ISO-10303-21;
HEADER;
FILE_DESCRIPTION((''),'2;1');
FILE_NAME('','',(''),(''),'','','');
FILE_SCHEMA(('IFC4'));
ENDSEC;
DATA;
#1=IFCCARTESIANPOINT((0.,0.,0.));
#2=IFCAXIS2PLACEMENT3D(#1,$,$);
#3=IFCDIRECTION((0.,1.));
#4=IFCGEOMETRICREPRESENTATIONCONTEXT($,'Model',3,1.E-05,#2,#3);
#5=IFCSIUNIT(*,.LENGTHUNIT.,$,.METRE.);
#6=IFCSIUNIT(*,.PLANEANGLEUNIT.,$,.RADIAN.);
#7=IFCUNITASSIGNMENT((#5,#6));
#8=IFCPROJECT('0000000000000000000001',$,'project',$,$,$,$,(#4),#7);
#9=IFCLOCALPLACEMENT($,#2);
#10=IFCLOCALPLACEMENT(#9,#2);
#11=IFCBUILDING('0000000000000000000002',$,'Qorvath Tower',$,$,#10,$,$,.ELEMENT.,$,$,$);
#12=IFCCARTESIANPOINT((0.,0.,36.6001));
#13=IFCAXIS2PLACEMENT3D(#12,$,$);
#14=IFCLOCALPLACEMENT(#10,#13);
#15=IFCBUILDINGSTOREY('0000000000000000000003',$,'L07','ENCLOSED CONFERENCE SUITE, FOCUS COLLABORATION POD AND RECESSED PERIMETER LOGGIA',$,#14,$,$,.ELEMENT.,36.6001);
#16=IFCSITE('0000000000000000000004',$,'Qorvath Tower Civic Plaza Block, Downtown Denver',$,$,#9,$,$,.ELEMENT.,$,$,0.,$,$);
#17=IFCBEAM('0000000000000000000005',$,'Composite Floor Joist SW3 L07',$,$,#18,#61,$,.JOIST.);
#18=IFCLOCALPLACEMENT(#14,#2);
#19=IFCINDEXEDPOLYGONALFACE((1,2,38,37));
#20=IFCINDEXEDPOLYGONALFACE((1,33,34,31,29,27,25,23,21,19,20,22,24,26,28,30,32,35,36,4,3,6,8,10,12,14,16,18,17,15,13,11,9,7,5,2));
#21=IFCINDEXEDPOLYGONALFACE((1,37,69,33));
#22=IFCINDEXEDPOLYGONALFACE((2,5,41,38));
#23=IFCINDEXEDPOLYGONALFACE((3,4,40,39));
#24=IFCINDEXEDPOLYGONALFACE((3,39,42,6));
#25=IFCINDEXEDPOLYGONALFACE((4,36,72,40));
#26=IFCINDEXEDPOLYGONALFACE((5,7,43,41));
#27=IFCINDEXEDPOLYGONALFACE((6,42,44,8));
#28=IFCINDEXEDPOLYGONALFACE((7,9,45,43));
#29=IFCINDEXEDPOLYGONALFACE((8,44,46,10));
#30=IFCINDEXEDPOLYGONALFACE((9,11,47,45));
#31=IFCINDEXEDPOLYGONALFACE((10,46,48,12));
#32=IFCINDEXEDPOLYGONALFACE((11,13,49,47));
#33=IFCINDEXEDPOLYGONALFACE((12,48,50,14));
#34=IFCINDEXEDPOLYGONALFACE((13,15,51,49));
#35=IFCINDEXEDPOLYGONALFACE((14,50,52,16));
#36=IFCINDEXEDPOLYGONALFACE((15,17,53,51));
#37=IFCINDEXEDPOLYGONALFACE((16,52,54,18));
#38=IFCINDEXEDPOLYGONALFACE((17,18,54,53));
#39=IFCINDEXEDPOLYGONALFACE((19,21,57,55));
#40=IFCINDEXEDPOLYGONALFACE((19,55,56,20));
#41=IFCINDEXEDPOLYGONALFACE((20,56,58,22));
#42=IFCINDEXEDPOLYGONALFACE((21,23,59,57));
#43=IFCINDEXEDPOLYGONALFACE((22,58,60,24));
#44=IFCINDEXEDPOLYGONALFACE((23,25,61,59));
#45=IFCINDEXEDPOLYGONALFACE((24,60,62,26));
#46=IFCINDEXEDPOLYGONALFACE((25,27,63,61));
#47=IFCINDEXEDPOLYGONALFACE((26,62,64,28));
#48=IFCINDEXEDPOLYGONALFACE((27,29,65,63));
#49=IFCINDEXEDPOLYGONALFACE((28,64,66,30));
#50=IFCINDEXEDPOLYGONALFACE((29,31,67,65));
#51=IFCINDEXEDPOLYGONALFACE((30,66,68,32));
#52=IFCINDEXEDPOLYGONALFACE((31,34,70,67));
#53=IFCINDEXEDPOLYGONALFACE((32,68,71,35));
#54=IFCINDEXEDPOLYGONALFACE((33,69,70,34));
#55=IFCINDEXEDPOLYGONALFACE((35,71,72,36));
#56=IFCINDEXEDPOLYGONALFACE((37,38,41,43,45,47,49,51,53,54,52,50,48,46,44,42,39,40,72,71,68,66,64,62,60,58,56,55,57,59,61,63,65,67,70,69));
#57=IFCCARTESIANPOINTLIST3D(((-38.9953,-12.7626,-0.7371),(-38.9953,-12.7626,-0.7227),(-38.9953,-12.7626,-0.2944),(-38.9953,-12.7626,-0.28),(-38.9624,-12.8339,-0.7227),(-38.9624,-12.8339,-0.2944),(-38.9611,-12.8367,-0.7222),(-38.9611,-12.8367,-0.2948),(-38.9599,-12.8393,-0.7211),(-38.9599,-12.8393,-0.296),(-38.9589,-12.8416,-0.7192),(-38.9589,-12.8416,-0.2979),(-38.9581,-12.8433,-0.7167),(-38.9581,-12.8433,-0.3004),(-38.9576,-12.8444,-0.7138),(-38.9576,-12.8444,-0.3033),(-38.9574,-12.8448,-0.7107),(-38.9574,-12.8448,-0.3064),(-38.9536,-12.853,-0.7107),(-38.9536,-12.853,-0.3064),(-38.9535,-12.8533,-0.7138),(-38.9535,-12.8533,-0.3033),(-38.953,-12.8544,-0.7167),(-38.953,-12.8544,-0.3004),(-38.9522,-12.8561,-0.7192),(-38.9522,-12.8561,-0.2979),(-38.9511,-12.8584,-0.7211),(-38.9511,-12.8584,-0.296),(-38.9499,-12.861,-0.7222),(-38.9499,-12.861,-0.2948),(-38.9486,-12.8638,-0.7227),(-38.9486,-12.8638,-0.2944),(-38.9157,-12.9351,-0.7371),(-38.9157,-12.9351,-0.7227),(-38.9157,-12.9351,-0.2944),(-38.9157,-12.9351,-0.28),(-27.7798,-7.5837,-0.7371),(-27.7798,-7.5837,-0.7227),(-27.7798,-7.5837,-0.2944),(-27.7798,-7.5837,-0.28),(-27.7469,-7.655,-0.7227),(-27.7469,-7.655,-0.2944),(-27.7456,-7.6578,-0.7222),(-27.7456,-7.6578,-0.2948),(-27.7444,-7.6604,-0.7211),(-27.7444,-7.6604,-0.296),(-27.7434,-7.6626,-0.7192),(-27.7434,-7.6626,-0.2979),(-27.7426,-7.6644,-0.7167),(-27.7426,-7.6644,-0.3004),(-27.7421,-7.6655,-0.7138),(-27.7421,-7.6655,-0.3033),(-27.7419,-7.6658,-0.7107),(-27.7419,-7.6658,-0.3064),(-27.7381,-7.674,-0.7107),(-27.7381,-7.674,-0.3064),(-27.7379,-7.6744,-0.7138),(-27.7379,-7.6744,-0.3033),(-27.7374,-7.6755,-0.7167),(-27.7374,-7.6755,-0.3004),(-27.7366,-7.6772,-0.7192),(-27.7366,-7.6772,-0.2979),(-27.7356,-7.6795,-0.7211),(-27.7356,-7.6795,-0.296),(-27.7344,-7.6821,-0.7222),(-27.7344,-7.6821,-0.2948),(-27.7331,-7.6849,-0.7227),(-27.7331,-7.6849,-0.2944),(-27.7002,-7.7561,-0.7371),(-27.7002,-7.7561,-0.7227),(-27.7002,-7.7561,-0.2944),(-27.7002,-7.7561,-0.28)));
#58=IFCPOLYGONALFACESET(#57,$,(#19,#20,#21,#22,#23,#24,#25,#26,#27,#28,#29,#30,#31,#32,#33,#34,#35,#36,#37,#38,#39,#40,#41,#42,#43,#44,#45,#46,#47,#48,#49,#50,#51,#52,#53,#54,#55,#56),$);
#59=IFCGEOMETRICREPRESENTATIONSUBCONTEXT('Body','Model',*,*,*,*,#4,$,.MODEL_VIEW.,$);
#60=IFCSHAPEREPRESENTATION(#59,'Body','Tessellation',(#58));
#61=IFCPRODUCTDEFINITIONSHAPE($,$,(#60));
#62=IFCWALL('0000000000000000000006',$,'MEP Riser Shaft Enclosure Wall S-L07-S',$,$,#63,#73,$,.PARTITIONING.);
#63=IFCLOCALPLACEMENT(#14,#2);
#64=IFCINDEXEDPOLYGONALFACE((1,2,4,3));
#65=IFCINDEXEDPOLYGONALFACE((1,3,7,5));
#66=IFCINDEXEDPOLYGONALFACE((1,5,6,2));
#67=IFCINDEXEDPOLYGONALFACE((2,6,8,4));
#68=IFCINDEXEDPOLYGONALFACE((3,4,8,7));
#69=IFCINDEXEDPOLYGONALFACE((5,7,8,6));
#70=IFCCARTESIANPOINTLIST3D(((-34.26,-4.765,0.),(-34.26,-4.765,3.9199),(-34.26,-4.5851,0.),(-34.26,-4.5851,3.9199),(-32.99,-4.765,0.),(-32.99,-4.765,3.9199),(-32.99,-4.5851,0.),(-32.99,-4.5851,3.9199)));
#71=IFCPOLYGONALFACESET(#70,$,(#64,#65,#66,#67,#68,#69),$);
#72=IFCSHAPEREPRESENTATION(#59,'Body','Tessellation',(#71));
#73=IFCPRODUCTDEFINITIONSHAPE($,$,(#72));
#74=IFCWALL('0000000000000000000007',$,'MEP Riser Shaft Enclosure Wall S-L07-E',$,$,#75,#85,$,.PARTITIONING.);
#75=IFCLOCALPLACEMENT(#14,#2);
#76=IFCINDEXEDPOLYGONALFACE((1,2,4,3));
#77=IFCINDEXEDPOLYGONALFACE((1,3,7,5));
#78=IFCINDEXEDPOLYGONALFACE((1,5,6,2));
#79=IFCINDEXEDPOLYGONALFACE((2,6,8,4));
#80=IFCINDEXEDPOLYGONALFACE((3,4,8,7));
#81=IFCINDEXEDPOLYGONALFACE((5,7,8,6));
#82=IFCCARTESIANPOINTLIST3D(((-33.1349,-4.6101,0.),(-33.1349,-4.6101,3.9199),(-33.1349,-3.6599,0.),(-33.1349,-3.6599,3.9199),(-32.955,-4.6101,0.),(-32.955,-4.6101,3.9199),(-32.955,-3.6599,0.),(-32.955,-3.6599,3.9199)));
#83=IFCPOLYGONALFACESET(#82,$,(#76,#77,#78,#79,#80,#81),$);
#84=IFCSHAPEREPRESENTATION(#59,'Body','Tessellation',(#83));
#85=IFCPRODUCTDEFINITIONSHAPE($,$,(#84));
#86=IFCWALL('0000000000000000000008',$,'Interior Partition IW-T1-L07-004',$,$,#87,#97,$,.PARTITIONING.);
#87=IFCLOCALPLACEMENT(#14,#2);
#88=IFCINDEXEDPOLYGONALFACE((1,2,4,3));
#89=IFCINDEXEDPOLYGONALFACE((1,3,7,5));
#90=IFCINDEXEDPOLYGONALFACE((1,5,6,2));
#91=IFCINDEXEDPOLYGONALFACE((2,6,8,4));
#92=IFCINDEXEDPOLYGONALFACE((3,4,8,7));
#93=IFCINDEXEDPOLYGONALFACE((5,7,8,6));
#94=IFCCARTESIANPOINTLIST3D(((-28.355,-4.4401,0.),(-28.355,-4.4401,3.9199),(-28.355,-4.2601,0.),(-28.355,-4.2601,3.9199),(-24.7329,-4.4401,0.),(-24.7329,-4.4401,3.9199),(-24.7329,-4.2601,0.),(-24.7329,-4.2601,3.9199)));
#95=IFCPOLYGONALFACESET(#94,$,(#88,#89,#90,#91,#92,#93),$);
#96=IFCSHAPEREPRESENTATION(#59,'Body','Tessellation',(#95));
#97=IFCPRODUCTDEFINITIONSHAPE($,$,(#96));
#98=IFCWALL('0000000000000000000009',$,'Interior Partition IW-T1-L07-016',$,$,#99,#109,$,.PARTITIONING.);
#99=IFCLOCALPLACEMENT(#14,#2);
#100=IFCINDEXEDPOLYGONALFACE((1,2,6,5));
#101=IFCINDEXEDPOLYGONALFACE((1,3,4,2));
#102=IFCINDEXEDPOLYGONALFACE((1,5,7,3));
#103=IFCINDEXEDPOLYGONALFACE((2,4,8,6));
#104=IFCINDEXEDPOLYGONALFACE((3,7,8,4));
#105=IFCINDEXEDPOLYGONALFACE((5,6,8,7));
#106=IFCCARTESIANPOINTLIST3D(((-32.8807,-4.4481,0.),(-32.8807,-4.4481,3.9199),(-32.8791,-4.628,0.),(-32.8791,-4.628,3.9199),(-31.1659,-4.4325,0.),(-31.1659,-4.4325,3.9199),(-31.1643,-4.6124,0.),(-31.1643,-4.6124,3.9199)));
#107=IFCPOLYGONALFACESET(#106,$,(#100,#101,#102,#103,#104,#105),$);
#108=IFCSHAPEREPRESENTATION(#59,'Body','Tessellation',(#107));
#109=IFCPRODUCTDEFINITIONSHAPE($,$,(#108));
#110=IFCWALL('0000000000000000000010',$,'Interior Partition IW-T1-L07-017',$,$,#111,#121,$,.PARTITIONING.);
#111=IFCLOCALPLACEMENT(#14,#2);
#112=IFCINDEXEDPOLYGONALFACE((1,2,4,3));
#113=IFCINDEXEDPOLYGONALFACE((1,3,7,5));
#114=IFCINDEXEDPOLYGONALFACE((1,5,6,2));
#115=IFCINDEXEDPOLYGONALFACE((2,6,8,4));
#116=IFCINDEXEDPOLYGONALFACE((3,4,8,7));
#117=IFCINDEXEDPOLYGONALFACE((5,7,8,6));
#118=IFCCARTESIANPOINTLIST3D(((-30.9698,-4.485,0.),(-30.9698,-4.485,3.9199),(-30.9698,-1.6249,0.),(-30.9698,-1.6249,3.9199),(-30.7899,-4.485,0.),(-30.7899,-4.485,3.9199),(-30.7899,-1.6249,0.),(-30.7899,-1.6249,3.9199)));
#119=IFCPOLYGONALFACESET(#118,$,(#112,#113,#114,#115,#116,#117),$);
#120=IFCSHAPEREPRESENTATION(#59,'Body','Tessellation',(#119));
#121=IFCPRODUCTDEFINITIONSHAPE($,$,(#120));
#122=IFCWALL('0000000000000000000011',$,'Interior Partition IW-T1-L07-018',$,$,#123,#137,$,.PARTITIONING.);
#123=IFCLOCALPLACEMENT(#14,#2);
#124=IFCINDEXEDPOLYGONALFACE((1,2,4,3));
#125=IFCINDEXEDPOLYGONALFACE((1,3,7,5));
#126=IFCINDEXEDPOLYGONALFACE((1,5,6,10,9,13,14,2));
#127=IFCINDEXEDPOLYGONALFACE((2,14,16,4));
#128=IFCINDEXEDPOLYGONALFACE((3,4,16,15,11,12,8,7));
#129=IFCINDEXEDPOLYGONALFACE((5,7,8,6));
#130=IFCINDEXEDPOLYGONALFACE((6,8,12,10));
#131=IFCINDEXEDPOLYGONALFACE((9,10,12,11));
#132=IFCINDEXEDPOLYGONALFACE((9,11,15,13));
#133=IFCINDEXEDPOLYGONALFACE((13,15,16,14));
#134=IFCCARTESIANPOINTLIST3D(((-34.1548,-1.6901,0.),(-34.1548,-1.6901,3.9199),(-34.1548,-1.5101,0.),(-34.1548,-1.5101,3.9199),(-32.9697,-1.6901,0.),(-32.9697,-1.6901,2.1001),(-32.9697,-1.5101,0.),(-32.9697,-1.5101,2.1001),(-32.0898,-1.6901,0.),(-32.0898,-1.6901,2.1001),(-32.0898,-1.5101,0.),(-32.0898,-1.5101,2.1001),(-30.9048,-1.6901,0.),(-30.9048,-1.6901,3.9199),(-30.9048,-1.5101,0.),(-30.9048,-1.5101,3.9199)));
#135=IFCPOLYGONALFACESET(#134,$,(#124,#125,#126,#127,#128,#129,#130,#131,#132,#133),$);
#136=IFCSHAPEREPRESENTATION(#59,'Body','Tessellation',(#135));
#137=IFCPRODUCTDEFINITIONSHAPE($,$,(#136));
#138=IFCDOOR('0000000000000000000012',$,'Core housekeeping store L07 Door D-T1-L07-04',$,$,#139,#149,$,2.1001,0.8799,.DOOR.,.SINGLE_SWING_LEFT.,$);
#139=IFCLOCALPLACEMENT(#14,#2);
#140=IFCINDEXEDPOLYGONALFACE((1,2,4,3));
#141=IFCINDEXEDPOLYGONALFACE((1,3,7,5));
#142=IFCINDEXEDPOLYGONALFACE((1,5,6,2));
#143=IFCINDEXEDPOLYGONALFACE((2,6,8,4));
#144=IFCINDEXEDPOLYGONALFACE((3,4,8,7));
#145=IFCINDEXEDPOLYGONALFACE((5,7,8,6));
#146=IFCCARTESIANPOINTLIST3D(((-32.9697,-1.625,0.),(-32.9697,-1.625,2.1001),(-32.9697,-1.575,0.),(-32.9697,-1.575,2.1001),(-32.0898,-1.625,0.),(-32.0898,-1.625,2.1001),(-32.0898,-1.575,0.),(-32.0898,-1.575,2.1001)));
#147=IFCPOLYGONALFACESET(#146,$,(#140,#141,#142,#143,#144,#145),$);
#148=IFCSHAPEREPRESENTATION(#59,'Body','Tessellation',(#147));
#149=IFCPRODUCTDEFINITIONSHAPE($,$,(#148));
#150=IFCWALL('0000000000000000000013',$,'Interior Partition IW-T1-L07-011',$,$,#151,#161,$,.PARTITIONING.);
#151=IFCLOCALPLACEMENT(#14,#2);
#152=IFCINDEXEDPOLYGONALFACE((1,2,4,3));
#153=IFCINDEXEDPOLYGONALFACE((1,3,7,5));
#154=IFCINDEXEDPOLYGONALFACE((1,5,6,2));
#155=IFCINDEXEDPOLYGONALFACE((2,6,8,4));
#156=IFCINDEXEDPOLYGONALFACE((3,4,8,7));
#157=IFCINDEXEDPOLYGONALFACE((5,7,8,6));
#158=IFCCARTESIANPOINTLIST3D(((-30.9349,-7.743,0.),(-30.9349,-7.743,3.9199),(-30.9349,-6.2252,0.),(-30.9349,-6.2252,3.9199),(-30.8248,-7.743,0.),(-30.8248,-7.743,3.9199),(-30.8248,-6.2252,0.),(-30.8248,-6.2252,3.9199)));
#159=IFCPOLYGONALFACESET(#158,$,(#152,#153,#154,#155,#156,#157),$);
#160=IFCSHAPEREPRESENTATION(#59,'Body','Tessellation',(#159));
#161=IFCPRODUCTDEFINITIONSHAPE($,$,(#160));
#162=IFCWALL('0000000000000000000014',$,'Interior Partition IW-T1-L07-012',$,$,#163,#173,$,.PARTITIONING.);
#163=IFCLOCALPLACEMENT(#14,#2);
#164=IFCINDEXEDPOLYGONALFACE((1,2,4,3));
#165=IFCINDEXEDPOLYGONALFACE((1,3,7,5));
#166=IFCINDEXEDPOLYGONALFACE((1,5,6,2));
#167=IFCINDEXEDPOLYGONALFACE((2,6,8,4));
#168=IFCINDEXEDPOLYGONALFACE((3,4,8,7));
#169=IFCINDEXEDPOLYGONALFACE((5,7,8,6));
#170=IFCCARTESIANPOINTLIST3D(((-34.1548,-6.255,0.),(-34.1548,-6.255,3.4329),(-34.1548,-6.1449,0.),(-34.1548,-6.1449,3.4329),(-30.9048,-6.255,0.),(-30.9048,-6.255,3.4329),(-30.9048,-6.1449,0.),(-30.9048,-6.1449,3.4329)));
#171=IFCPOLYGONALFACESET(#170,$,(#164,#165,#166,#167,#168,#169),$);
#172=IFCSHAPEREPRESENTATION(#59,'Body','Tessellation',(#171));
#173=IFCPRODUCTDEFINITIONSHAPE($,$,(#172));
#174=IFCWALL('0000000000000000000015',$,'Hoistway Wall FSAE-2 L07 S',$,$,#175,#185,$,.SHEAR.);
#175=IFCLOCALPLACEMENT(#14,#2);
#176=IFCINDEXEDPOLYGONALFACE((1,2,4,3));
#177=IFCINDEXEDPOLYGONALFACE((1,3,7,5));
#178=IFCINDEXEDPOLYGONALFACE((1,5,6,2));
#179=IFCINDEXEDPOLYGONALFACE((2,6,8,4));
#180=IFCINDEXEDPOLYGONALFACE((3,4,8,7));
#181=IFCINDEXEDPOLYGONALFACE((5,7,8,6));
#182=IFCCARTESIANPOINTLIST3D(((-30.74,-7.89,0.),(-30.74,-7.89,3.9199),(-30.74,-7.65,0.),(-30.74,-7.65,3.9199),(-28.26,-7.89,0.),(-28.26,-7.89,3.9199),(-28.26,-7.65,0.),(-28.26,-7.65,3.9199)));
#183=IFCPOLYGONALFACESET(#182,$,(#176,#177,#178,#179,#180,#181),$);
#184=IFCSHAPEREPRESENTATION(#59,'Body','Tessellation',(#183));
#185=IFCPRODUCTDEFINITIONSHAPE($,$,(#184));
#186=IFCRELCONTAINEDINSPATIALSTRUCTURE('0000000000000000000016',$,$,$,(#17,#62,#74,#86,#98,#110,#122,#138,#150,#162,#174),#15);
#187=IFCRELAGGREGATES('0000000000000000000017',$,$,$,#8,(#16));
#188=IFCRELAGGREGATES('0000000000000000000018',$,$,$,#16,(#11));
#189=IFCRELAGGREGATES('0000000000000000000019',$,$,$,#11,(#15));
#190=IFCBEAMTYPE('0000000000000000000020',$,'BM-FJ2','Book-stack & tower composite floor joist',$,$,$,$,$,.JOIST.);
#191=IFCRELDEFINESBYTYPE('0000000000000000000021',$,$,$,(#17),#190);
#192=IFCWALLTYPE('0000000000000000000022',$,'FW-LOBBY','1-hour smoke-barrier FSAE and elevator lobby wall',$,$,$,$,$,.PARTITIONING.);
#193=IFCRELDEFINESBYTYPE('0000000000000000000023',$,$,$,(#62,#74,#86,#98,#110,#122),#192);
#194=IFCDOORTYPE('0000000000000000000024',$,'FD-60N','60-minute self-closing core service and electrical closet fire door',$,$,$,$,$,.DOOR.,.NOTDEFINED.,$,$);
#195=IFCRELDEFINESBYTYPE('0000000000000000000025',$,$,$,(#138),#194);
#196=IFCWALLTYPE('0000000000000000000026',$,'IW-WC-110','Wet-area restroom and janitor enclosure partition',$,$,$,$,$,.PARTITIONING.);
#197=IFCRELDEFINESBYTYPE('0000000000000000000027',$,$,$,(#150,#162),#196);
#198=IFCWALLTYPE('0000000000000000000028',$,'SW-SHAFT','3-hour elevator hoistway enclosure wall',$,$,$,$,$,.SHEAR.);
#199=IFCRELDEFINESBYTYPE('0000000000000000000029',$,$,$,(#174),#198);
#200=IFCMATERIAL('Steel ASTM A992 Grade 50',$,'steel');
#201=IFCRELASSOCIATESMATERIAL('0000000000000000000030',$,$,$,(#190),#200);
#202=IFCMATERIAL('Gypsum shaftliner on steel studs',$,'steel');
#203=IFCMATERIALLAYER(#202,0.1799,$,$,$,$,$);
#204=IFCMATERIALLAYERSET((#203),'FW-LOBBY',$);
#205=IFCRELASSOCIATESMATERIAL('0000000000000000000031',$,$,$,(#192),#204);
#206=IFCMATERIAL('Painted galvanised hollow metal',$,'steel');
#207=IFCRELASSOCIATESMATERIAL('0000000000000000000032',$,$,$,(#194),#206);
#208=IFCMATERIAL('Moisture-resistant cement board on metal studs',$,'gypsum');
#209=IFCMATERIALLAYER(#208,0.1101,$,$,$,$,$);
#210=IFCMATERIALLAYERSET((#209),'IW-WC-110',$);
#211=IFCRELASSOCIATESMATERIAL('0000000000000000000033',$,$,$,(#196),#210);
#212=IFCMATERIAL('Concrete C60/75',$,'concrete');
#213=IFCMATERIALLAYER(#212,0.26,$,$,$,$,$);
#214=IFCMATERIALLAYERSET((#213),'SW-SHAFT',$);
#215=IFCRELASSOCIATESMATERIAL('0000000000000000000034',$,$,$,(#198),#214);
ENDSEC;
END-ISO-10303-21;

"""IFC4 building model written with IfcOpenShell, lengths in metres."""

from ifc_helpers import new_model, si_unit, direction, frame, frame_2d, origin, origin_2d, place, context, subcontext, project, spatial, rectangle, i_section, extrude, material, layer, layer_set, material_profile, profile_set, type_object, element, fill, save


model = new_model("IFC4")

# Units and contexts
model_context = context("Model", 3, precision=1e-05, world=origin(), true_north=direction((0.0, 1.0)))
body_context = subcontext(model_context, "Body", "Model", "MODEL_VIEW")
ifc_project = project(units=[si_unit("LENGTHUNIT", "METRE"), si_unit("PLANEANGLEUNIT", "RADIAN")], contexts=[model_context])

# Site, building, storey
site_placement = place(None, origin())
site = spatial("IfcSite", under=ifc_project, at=site_placement, Name="Qorvath Tower Civic Plaza Block, Downtown Denver", CompositionType="ELEMENT", RefElevation=0.0)
building_placement = place(site_placement, origin())
building = spatial("IfcBuilding", under=site, at=building_placement, Name="Qorvath Tower", CompositionType="ELEMENT")
storey_placement = place(building_placement, frame((0.0, 0.0, 36.6001)))
storey = spatial("IfcBuildingStorey", under=building, at=storey_placement, Name="L07", Description="ENCLOSED CONFERENCE SUITE, FOCUS COLLABORATION POD AND RECESSED PERIMETER LOGGIA", CompositionType="ELEMENT", Elevation=36.6001)

# Beam
ifc_material_1 = material(Name="Steel ASTM A992 Grade 50", Category="steel")
ifc_material_profile_1 = material_profile(ifc_material_1, i_section(OverallWidth=0.1899, OverallDepth=0.457, WebThickness=0.009, FlangeThickness=0.0144, FilletRadius=0.012, at=origin_2d()), Name="W18x50")
ifc_profile_set_1 = profile_set([ifc_material_profile_1], Name="Steel ASTM A992 Grade 50")
beam_type_1 = type_object("IfcBeamType", Name="BM-FJ2", Description="Book-stack & tower composite floor joist", PredefinedType="JOIST", material=ifc_profile_set_1)
beam_1_placement = place(storey_placement, frame((-27.74, -7.6699, -0.5085), z_axis=(-0.907881, -0.419227, 0.0), x_axis=(0.419227, -0.907881, 0.0)))
element("IfcBeam", 1, at=beam_1_placement, inside=storey, type_object=beam_type_1, Name="Composite Floor Joist SW3 L07", PredefinedType="JOIST", context=body_context, shape_type="SweptSolid", body=[
    extrude(i_section(OverallWidth=0.1899, OverallDepth=0.457, WebThickness=0.009, FlangeThickness=0.0144, FilletRadius=0.012, at=origin_2d()), origin(), (0.0, 0.0, 1.0), 12.3535),
])

# Walls
ifc_material_2 = material(Name="Gypsum shaftliner on steel studs", Category="steel")
ifc_layer_1 = layer(ifc_material_2, 0.1799)
ifc_layer_set_1 = layer_set([ifc_layer_1], Name="FW-LOBBY")
wall_type_1 = type_object("IfcWallType", Name="FW-LOBBY", Description="1-hour smoke-barrier FSAE and elevator lobby wall", PredefinedType="PARTITIONING", material=ifc_layer_set_1)
wall_1_placement = place(storey_placement, frame((-32.99, -4.675, 0.0), z_axis=(0.0, 0.0, 1.0), x_axis=(-1.0, 0.0, 0.0)))
element("IfcWall", 2, at=wall_1_placement, inside=storey, type_object=wall_type_1, Name="MEP Riser Shaft Enclosure Wall S-L07-S", PredefinedType="PARTITIONING", context=body_context, shape_type="SweptSolid", body=[
    extrude(rectangle(XDim=1.27, YDim=0.1799, at=frame_2d((0.635, 0.0))), origin(), (0.0, 0.0, 1.0), 3.9199),
])
wall_2_placement = place(storey_placement, frame((-33.0449, -3.6599, 0.0), z_axis=(0.0, 0.0, 1.0), x_axis=(0.0, -1.0, 0.0)))
element("IfcWall", 3, at=wall_2_placement, inside=storey, type_object=wall_type_1, Name="MEP Riser Shaft Enclosure Wall S-L07-E", PredefinedType="PARTITIONING", context=body_context, shape_type="SweptSolid", body=[
    extrude(rectangle(XDim=0.9502, YDim=0.1799, at=frame_2d((0.4751, 0.0))), origin(), (0.0, 0.0, 1.0), 3.9199),
])
wall_3_placement = place(storey_placement, frame((-24.7329, -4.3501, 0.0), z_axis=(0.0, 0.0, 1.0), x_axis=(-1.0, 0.0, 0.0)))
element("IfcWall", 4, at=wall_3_placement, inside=storey, type_object=wall_type_1, Name="Interior Partition IW-T1-L07-004", PredefinedType="PARTITIONING", context=body_context, shape_type="SweptSolid", body=[
    extrude(rectangle(XDim=3.6221, YDim=0.1799, at=frame_2d((1.811, 0.0))), origin(), (0.0, 0.0, 1.0), 3.9199),
])
wall_4_placement = place(storey_placement, frame((-32.8799, -4.5381, 0.0), z_axis=(0.0, 0.0, 1.0), x_axis=(0.999958, 0.009111, 0.0)))
element("IfcWall", 5, at=wall_4_placement, inside=storey, type_object=wall_type_1, Name="Interior Partition IW-T1-L07-016", PredefinedType="PARTITIONING", context=body_context, shape_type="SweptSolid", body=[
    extrude(rectangle(XDim=1.7148, YDim=0.1799, at=frame_2d((0.8574, 0.0))), origin(), (0.0, 0.0, 1.0), 3.9199),
])
wall_5_placement = place(storey_placement, frame((-30.8799, -4.4851, 0.0), z_axis=(0.0, 0.0, 1.0), x_axis=(0.0, 1.0, 0.0)))
element("IfcWall", 6, at=wall_5_placement, inside=storey, type_object=wall_type_1, Name="Interior Partition IW-T1-L07-017", PredefinedType="PARTITIONING", context=body_context, shape_type="SweptSolid", body=[
    extrude(rectangle(XDim=2.8601, YDim=0.1799, at=frame_2d((1.4302, 0.0))), origin(), (0.0, 0.0, 1.0), 3.9199),
])

# Wall, opening, door
wall_6_placement = place(storey_placement, frame((-30.9048, -1.6001, 0.0), z_axis=(0.0, 0.0, 1.0), x_axis=(-1.0, 0.0, 0.0)))
wall_6 = element("IfcWall", 7, at=wall_6_placement, inside=storey, type_object=wall_type_1, Name="Interior Partition IW-T1-L07-018", PredefinedType="PARTITIONING", context=body_context, shape_type="SweptSolid", body=[
    extrude(rectangle(XDim=3.25, YDim=0.1799, at=frame_2d((1.625, 0.0))), origin(), (0.0, 0.0, 1.0), 3.9199),
])
opening_1_placement = place(wall_6_placement, frame((1.1851, 0.0, 0.0)))
opening_1 = element("IfcOpeningElement", 8, at=opening_1_placement, cuts=wall_6, PredefinedType="OPENING", context=body_context, shape_type="SweptSolid", body=[
    extrude(rectangle(XDim=0.8799, YDim=2.1001, at=frame_2d((0.4399, 1.05))), frame((0.0, 0.1001, 0.0), z_axis=(0.0, -1.0, 0.0), x_axis=(1.0, 0.0, 0.0)), (0.0, 0.0, 1.0), 0.2),
])
ifc_material_3 = material(Name="Painted galvanised hollow metal", Category="steel")
door_type_1 = type_object("IfcDoorType", Name="FD-60N", Description="60-minute self-closing core service and electrical closet fire door", OperationType="NOTDEFINED", PredefinedType="DOOR", material=ifc_material_3)
door_1_placement = place(opening_1_placement, origin())
door_1 = element("IfcDoor", 9, at=door_1_placement, inside=storey, type_object=door_type_1, Name="Core housekeeping store L07 Door D-T1-L07-04", OperationType="SINGLE_SWING_LEFT", OverallHeight=2.1001, OverallWidth=0.8799, PredefinedType="DOOR", context=body_context, shape_type="SweptSolid", body=[
    extrude(rectangle(XDim=0.8799, YDim=2.1001, at=frame_2d((0.4399, 1.05))), frame((0.0, 0.0249, 0.0), z_axis=(0.0, -1.0, 0.0), x_axis=(1.0, 0.0, 0.0)), (0.0, 0.0, 1.0), 0.05),
])
fill(opening_1, door_1)

# Walls
ifc_material_4 = material(Name="Moisture-resistant cement board on metal studs", Category="gypsum")
ifc_layer_2 = layer(ifc_material_4, 0.1101)
ifc_layer_set_2 = layer_set([ifc_layer_2], Name="IW-WC-110")
wall_type_2 = type_object("IfcWallType", Name="IW-WC-110", Description="Wet-area restroom and janitor enclosure partition", PredefinedType="PARTITIONING", material=ifc_layer_set_2)
wall_7_placement = place(storey_placement, frame((-30.8799, -7.7429, 0.0), z_axis=(0.0, 0.0, 1.0), x_axis=(0.0, 1.0, 0.0)))
element("IfcWall", 10, at=wall_7_placement, inside=storey, type_object=wall_type_2, Name="Interior Partition IW-T1-L07-011", PredefinedType="PARTITIONING", context=body_context, shape_type="SweptSolid", body=[
    extrude(rectangle(XDim=1.5178, YDim=0.1101, at=frame_2d((0.7588, 0.0))), origin(), (0.0, 0.0, 1.0), 3.9199),
])
wall_8_placement = place(storey_placement, frame((-30.9048, -6.2, 0.0), z_axis=(0.0, 0.0, 1.0), x_axis=(-1.0, 0.0, 0.0)))
element("IfcWall", 11, at=wall_8_placement, inside=storey, type_object=wall_type_2, Name="Interior Partition IW-T1-L07-012", PredefinedType="PARTITIONING", context=body_context, shape_type="SweptSolid", body=[
    extrude(rectangle(XDim=3.25, YDim=0.1101, at=frame_2d((1.625, 0.0))), origin(), (0.0, 0.0, 1.0), 3.4329),
])
ifc_material_5 = material(Name="Concrete C60/75", Category="concrete")
ifc_layer_3 = layer(ifc_material_5, 0.26)
ifc_layer_set_3 = layer_set([ifc_layer_3], Name="SW-SHAFT")
wall_type_3 = type_object("IfcWallType", Name="SW-SHAFT", Description="3-hour elevator hoistway enclosure wall", PredefinedType="SHEAR", material=ifc_layer_set_3)
for number, where, z_axis, x_axis, name in (
    (12, (-28.26, -7.77, 0.0), (0.0, 0.0, 1.0), (-1.0, 0.0, 0.0), "Hoistway Wall FSAE-2 L07 S"),
):
    element("IfcWall", number, at=place(storey_placement, frame(where, z_axis=z_axis, x_axis=x_axis)), inside=storey, type_object=wall_type_3, Name=name, PredefinedType="SHEAR", context=body_context, shape_type="SweptSolid", body=[
        extrude(rectangle(XDim=2.48, YDim=0.24, at=frame_2d((1.24, 0.0))), origin(), (0.0, 0.0, 1.0), 3.9199),
    ])

save(model, "model.ifc")
